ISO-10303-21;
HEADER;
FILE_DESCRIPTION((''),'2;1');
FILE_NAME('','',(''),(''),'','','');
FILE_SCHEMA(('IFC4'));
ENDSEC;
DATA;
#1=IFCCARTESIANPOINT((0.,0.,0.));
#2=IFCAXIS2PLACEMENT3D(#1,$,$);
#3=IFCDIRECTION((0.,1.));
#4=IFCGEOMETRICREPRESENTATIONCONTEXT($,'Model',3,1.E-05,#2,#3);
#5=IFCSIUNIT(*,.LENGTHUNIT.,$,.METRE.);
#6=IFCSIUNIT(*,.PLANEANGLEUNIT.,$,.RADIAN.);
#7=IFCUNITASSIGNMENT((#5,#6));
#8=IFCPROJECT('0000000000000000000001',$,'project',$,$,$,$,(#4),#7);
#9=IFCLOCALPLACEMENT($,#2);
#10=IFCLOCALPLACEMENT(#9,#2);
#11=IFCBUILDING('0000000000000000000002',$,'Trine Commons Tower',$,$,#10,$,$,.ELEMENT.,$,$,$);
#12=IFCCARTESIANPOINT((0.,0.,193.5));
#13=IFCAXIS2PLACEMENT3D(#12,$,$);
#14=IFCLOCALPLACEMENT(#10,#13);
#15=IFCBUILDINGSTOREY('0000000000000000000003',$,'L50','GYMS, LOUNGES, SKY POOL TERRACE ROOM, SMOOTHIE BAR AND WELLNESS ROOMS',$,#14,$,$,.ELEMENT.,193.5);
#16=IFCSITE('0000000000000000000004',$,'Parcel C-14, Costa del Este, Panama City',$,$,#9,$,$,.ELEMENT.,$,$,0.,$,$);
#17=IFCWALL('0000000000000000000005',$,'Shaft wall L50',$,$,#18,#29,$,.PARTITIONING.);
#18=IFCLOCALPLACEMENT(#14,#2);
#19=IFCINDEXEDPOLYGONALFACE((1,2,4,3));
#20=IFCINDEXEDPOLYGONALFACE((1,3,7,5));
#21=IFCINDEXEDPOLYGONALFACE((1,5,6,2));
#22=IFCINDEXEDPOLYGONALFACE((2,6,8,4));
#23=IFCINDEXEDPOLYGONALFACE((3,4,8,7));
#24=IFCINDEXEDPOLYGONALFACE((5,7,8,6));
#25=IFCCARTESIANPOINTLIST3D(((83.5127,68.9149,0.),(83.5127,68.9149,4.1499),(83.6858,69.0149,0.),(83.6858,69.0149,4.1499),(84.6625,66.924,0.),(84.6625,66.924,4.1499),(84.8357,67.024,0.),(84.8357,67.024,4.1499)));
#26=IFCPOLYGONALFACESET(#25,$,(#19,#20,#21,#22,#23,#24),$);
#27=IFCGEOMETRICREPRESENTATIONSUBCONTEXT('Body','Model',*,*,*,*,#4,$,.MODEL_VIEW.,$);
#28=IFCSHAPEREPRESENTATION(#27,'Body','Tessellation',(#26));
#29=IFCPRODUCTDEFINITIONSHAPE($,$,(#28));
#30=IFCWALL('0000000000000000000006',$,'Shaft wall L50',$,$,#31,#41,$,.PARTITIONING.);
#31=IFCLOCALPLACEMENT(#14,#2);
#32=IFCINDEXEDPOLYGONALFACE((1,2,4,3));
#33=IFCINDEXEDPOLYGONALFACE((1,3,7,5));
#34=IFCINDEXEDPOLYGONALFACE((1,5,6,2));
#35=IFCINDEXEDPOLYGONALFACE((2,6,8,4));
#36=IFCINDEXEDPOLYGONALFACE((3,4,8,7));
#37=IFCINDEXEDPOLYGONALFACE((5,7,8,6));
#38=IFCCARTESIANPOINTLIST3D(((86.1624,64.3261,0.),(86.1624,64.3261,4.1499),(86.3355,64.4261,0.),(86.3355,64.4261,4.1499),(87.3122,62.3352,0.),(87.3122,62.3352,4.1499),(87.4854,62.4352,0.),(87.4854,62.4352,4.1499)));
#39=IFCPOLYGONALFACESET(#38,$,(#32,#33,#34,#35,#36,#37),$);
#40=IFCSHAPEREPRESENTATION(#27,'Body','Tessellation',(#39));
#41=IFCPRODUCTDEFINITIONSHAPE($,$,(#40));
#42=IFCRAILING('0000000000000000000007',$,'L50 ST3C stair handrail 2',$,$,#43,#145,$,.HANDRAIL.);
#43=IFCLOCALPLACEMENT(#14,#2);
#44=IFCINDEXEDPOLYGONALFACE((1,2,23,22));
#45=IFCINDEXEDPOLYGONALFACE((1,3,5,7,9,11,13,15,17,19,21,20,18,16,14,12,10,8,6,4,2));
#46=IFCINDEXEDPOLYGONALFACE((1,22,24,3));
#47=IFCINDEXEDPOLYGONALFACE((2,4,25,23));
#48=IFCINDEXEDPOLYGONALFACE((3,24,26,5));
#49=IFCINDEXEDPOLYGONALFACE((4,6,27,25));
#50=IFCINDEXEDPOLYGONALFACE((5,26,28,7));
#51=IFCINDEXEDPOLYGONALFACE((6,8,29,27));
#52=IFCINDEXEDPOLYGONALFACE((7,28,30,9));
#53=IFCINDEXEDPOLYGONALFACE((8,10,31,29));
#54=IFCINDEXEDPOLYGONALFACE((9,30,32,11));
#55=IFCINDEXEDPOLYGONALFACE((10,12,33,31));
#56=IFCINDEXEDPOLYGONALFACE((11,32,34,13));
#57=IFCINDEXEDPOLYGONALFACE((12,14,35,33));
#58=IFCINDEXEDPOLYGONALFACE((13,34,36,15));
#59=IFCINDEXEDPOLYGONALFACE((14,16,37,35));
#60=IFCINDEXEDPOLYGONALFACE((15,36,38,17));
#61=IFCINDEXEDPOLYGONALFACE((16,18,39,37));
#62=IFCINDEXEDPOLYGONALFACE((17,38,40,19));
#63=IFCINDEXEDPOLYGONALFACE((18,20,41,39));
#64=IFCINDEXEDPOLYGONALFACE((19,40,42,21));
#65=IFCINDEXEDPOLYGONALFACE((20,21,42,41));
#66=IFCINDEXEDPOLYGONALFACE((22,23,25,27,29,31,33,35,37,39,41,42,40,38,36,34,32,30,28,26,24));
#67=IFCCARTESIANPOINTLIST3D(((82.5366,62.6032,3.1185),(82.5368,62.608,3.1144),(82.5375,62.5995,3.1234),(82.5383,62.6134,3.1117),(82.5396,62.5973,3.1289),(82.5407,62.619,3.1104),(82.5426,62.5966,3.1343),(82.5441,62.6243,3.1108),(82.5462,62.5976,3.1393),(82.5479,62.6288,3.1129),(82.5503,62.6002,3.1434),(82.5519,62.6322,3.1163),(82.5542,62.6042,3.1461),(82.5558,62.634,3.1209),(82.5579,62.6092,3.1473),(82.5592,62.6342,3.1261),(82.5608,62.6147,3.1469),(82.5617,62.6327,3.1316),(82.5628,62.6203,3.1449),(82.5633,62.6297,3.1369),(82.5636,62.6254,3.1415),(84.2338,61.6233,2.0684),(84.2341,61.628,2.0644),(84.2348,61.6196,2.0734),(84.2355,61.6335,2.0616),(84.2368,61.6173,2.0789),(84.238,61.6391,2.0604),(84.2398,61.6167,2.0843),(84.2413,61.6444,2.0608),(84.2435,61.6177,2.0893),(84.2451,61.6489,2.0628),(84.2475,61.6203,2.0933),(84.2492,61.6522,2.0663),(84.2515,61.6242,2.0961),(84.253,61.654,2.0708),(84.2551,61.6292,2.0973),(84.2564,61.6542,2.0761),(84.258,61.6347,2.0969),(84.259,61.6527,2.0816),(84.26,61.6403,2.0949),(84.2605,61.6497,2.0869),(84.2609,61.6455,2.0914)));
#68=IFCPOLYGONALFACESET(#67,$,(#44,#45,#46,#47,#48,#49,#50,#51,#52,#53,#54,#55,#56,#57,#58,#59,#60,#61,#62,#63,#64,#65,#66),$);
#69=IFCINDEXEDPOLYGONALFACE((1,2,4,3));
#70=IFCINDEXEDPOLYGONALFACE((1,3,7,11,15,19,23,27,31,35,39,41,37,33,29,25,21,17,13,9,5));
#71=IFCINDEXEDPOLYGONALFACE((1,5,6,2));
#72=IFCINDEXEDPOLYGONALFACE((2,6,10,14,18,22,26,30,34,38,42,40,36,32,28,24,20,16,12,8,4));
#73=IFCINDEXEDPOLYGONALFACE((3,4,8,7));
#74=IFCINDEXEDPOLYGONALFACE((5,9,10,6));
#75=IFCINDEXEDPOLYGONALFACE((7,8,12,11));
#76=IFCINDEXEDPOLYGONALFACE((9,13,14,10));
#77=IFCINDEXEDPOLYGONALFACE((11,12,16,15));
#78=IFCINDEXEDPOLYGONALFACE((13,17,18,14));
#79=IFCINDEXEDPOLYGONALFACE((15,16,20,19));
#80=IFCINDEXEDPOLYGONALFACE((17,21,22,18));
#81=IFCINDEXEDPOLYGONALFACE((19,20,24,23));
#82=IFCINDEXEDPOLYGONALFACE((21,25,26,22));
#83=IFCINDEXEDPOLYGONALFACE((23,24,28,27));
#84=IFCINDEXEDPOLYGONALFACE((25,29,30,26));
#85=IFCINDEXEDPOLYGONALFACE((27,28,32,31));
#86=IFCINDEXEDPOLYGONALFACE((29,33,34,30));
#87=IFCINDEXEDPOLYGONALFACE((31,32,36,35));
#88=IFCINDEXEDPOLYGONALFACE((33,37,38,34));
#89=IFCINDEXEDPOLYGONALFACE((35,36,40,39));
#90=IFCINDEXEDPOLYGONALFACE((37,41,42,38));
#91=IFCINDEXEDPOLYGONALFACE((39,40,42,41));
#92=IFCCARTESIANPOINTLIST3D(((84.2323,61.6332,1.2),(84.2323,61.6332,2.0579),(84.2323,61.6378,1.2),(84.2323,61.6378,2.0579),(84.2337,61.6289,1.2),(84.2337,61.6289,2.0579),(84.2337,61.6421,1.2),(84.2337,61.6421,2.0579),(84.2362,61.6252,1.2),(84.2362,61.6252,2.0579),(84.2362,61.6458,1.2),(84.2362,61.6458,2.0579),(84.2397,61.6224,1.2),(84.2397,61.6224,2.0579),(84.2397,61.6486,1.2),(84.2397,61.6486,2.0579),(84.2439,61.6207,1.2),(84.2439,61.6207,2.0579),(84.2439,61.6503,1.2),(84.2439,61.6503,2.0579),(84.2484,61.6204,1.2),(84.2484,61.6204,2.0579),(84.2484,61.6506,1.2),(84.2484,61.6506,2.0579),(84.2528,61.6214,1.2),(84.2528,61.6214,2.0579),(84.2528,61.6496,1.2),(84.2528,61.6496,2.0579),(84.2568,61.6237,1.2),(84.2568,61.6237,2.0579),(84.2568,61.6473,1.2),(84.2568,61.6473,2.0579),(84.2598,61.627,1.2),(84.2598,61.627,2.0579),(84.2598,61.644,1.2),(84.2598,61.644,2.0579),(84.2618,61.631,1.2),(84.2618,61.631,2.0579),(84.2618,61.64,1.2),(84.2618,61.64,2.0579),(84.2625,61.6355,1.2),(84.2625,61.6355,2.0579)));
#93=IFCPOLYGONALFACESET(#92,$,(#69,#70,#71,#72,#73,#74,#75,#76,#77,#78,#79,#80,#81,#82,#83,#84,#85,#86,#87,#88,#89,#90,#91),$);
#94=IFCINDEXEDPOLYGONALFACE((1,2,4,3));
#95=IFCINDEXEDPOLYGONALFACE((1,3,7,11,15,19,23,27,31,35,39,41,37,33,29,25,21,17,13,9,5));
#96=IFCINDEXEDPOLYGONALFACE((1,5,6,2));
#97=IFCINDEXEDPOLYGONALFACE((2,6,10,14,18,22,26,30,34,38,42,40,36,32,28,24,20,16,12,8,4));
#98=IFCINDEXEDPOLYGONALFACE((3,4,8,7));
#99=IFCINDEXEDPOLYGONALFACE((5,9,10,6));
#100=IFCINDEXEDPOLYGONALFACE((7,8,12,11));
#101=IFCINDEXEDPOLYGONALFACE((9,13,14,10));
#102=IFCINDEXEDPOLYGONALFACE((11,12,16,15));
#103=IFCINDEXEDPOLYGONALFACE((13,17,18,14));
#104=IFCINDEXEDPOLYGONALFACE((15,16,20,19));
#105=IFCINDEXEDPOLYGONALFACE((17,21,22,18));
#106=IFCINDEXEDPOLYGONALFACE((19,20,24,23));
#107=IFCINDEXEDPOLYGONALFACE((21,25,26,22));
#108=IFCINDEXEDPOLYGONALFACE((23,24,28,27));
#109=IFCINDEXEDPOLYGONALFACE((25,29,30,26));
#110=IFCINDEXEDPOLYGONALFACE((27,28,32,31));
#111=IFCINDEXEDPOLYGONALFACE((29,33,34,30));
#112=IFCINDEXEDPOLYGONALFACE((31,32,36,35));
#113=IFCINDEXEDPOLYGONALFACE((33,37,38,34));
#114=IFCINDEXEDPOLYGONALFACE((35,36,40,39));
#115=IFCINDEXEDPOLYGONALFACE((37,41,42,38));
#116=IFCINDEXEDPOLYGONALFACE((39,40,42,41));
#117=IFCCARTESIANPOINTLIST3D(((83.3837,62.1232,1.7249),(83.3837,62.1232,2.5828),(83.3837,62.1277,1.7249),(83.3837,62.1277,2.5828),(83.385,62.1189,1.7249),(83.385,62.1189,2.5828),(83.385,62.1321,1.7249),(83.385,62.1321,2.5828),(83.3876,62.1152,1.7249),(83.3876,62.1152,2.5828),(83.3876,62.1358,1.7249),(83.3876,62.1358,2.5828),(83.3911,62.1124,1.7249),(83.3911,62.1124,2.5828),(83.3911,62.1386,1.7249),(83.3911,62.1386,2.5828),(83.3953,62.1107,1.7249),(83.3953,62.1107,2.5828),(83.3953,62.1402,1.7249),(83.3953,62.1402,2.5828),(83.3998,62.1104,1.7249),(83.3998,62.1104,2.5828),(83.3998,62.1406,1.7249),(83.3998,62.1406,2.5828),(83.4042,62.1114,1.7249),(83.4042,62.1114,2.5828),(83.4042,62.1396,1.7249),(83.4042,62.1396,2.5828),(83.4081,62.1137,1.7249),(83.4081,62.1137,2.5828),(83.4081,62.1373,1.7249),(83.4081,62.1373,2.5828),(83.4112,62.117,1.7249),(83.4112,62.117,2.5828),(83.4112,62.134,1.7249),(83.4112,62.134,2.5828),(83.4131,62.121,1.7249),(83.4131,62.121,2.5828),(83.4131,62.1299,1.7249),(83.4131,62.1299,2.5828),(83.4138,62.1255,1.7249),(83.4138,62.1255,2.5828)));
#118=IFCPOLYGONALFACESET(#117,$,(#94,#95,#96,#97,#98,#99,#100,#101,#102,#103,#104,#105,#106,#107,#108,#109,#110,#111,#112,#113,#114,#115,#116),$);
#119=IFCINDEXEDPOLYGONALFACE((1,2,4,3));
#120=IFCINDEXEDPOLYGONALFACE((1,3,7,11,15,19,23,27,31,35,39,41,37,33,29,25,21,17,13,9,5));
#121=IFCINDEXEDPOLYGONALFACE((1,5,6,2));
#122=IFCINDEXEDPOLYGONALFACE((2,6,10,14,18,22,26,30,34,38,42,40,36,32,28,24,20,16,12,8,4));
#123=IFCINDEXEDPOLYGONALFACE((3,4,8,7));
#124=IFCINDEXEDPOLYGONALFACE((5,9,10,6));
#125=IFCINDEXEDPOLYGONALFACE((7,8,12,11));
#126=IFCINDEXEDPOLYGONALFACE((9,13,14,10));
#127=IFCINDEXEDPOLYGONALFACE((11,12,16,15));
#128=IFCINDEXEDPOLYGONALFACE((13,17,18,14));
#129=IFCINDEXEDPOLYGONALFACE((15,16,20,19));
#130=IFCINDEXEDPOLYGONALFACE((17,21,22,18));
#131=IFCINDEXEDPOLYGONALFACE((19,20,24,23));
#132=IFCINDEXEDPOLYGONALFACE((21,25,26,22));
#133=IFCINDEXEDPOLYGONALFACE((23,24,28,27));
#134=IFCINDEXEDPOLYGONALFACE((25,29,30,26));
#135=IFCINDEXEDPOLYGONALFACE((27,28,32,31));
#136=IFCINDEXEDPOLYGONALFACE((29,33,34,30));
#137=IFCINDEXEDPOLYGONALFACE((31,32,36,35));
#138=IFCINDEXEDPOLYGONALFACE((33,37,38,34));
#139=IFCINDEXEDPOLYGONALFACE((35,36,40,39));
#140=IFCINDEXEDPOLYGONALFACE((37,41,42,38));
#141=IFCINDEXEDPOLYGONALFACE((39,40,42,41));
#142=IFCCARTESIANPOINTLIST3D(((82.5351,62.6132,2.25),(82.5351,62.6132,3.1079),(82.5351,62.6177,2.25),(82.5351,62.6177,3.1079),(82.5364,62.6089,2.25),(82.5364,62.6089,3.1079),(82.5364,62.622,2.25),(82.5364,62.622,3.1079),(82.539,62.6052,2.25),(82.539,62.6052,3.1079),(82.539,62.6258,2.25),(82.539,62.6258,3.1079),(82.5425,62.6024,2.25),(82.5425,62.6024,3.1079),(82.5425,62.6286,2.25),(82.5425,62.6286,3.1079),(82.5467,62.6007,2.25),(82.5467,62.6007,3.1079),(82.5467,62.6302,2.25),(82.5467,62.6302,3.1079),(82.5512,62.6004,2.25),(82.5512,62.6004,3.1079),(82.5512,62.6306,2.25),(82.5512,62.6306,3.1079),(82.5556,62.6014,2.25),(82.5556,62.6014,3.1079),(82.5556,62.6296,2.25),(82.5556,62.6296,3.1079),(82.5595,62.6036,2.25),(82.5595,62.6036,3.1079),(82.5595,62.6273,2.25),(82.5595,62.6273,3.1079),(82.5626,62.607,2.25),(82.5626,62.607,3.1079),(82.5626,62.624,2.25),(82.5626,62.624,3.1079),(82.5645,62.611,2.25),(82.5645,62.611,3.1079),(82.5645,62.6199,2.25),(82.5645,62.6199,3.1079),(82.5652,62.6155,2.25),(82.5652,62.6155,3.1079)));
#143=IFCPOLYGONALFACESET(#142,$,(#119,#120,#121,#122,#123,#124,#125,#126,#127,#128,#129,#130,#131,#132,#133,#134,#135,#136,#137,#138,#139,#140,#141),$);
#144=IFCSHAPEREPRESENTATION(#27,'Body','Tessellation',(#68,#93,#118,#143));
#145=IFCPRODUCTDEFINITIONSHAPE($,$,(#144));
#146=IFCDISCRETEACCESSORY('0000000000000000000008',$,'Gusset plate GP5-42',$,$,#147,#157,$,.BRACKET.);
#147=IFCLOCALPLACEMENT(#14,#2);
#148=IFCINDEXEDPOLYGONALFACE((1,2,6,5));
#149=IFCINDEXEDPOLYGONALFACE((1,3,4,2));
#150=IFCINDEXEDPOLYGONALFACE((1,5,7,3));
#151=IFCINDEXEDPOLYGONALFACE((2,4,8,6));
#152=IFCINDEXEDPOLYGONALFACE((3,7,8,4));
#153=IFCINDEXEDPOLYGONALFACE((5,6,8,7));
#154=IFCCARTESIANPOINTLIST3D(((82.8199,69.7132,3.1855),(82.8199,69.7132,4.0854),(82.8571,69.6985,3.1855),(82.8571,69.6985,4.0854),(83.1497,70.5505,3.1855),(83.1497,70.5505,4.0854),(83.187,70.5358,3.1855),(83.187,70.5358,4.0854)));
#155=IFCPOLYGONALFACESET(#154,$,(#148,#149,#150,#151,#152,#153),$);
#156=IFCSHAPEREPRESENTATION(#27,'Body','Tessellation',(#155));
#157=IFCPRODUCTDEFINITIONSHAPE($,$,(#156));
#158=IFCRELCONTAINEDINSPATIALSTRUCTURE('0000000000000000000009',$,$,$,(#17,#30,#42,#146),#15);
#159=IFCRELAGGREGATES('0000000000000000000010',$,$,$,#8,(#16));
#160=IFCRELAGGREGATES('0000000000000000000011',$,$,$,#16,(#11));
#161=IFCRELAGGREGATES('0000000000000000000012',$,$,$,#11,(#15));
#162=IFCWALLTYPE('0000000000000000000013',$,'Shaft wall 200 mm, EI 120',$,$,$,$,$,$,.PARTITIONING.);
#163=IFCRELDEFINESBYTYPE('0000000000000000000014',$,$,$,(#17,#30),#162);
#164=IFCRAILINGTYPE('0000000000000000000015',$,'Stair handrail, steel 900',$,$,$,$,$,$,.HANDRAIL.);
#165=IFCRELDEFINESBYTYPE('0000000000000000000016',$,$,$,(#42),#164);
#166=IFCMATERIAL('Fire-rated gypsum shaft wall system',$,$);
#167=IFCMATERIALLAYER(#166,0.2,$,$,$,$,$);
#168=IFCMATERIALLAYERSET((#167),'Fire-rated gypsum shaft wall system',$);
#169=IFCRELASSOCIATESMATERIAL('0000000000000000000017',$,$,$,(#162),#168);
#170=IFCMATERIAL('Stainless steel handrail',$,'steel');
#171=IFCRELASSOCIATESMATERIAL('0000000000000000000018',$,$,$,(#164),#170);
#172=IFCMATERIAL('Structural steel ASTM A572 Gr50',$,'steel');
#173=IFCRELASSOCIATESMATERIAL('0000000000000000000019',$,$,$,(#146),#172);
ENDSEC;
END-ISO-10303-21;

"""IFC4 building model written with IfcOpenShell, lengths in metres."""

from ifc_helpers import new_model, si_unit, direction, frame, frame_2d, origin, origin_2d, place, context, subcontext, project, spatial, rectangle, circle, extrude, material, layer, layer_set, type_object, element, save


model = new_model("IFC4")

# Units and contexts
model_context = context("Model", 3, precision=1e-05, world=origin(), true_north=direction((0.0, 1.0)))
body_context = subcontext(model_context, "Body", "Model", "MODEL_VIEW")
ifc_project = project(units=[si_unit("LENGTHUNIT", "METRE"), si_unit("PLANEANGLEUNIT", "RADIAN")], contexts=[model_context])

# Site, building, storey
site_placement = place(None, origin())
site = spatial("IfcSite", under=ifc_project, at=site_placement, Name="Parcel C-14, Costa del Este, Panama City", CompositionType="ELEMENT", RefElevation=0.0)
building_placement = place(site_placement, origin())
building = spatial("IfcBuilding", under=site, at=building_placement, Name="Trine Commons Tower", CompositionType="ELEMENT")
storey_placement = place(building_placement, frame((0.0, 0.0, 193.5)))
storey = spatial("IfcBuildingStorey", under=building, at=storey_placement, Name="L50", Description="GYMS, LOUNGES, SKY POOL TERRACE ROOM, SMOOTHIE BAR AND WELLNESS ROOMS", CompositionType="ELEMENT", Elevation=193.5)

# Shared definitions
ifc_material_1 = material(Name="Fire-rated gypsum shaft wall system")

# Walls
ifc_layer_1 = layer(ifc_material_1, 0.2)
ifc_layer_set_1 = layer_set([ifc_layer_1], Name="Fire-rated gypsum shaft wall system")
wall_type_1 = type_object("IfcWallType", Name="Shaft wall 200 mm, EI 120", PredefinedType="PARTITIONING", material=ifc_layer_set_1)
for number, where, z_axis, x_axis, name in (
    (1, (84.749, 66.9741, 0.0), (0.0, 0.0, 1.0), (-0.500136, 0.865947, 0.0), "Shaft wall L50"),
    (2, (86.249, 64.376, 0.0), (0.0, 0.0, 1.0), (0.500136, -0.865947, 0.0), "Shaft wall L50"),
):
    element("IfcWall", number, at=place(storey_placement, frame(where, z_axis=z_axis, x_axis=x_axis)), inside=storey, type_object=wall_type_1, Name=name, PredefinedType="PARTITIONING", context=body_context, shape_type="SweptSolid", body=[
        extrude(rectangle(XDim=2.2991, YDim=0.2, at=frame_2d((1.1494, 0.0))), origin(), (0.0, 0.0, 1.0), 4.1499),
    ])

# Railing
ifc_material_2 = material(Name="Stainless steel handrail", Category="steel")
railing_type = type_object("IfcRailingType", Name="Stair handrail, steel 900", PredefinedType="HANDRAIL", material=ifc_material_2)
railing_placement = place(storey_placement, frame((84.2473, 61.6355, 1.2)))
element("IfcRailing", 3, at=railing_placement, inside=storey, type_object=railing_type, Name="L50 ST3C stair handrail 2", PredefinedType="HANDRAIL", context=body_context, shape_type="SweptSolid", body=[
    extrude(circle(Radius=0.021, at=origin_2d()), frame((0.0, 0.0, 0.8789), z_axis=(-0.763352, 0.44075, 0.472264), x_axis=(-0.500024, -0.866011, 0.0)), (0.0, 0.0, 1.0), 2.2234),
    extrude(circle(Radius=0.0151, at=origin_2d()), origin(), (0.0, 0.0, 1.0), 0.8579),
    extrude(circle(Radius=0.0151, at=origin_2d()), frame((-0.8486, 0.49, 0.5249)), (0.0, 0.0, 1.0), 0.8579),
    extrude(circle(Radius=0.0151, at=origin_2d()), frame((-1.6973, 0.98, 1.05)), (0.0, 0.0, 1.0), 0.8579),
])

# Discrete accessory
ifc_material_3 = material(Name="Structural steel ASTM A572 Gr50", Category="steel")
discrete_accessory_placement = place(storey_placement, frame((83.0034, 70.1245, 3.1855), z_axis=(0.0, 0.0, 1.0), x_axis=(0.366501, 0.930418, 0.0)))
element("IfcDiscreteAccessory", 4, at=discrete_accessory_placement, inside=storey, material=ifc_material_3, Name="Gusset plate GP5-42", PredefinedType="BRACKET", context=body_context, shape_type="SweptSolid", body=[
    extrude(rectangle(XDim=0.8999, YDim=0.04, at=origin_2d()), origin(), (0.0, 0.0, 1.0), 0.8999),
])

save(model, "model.ifc")
